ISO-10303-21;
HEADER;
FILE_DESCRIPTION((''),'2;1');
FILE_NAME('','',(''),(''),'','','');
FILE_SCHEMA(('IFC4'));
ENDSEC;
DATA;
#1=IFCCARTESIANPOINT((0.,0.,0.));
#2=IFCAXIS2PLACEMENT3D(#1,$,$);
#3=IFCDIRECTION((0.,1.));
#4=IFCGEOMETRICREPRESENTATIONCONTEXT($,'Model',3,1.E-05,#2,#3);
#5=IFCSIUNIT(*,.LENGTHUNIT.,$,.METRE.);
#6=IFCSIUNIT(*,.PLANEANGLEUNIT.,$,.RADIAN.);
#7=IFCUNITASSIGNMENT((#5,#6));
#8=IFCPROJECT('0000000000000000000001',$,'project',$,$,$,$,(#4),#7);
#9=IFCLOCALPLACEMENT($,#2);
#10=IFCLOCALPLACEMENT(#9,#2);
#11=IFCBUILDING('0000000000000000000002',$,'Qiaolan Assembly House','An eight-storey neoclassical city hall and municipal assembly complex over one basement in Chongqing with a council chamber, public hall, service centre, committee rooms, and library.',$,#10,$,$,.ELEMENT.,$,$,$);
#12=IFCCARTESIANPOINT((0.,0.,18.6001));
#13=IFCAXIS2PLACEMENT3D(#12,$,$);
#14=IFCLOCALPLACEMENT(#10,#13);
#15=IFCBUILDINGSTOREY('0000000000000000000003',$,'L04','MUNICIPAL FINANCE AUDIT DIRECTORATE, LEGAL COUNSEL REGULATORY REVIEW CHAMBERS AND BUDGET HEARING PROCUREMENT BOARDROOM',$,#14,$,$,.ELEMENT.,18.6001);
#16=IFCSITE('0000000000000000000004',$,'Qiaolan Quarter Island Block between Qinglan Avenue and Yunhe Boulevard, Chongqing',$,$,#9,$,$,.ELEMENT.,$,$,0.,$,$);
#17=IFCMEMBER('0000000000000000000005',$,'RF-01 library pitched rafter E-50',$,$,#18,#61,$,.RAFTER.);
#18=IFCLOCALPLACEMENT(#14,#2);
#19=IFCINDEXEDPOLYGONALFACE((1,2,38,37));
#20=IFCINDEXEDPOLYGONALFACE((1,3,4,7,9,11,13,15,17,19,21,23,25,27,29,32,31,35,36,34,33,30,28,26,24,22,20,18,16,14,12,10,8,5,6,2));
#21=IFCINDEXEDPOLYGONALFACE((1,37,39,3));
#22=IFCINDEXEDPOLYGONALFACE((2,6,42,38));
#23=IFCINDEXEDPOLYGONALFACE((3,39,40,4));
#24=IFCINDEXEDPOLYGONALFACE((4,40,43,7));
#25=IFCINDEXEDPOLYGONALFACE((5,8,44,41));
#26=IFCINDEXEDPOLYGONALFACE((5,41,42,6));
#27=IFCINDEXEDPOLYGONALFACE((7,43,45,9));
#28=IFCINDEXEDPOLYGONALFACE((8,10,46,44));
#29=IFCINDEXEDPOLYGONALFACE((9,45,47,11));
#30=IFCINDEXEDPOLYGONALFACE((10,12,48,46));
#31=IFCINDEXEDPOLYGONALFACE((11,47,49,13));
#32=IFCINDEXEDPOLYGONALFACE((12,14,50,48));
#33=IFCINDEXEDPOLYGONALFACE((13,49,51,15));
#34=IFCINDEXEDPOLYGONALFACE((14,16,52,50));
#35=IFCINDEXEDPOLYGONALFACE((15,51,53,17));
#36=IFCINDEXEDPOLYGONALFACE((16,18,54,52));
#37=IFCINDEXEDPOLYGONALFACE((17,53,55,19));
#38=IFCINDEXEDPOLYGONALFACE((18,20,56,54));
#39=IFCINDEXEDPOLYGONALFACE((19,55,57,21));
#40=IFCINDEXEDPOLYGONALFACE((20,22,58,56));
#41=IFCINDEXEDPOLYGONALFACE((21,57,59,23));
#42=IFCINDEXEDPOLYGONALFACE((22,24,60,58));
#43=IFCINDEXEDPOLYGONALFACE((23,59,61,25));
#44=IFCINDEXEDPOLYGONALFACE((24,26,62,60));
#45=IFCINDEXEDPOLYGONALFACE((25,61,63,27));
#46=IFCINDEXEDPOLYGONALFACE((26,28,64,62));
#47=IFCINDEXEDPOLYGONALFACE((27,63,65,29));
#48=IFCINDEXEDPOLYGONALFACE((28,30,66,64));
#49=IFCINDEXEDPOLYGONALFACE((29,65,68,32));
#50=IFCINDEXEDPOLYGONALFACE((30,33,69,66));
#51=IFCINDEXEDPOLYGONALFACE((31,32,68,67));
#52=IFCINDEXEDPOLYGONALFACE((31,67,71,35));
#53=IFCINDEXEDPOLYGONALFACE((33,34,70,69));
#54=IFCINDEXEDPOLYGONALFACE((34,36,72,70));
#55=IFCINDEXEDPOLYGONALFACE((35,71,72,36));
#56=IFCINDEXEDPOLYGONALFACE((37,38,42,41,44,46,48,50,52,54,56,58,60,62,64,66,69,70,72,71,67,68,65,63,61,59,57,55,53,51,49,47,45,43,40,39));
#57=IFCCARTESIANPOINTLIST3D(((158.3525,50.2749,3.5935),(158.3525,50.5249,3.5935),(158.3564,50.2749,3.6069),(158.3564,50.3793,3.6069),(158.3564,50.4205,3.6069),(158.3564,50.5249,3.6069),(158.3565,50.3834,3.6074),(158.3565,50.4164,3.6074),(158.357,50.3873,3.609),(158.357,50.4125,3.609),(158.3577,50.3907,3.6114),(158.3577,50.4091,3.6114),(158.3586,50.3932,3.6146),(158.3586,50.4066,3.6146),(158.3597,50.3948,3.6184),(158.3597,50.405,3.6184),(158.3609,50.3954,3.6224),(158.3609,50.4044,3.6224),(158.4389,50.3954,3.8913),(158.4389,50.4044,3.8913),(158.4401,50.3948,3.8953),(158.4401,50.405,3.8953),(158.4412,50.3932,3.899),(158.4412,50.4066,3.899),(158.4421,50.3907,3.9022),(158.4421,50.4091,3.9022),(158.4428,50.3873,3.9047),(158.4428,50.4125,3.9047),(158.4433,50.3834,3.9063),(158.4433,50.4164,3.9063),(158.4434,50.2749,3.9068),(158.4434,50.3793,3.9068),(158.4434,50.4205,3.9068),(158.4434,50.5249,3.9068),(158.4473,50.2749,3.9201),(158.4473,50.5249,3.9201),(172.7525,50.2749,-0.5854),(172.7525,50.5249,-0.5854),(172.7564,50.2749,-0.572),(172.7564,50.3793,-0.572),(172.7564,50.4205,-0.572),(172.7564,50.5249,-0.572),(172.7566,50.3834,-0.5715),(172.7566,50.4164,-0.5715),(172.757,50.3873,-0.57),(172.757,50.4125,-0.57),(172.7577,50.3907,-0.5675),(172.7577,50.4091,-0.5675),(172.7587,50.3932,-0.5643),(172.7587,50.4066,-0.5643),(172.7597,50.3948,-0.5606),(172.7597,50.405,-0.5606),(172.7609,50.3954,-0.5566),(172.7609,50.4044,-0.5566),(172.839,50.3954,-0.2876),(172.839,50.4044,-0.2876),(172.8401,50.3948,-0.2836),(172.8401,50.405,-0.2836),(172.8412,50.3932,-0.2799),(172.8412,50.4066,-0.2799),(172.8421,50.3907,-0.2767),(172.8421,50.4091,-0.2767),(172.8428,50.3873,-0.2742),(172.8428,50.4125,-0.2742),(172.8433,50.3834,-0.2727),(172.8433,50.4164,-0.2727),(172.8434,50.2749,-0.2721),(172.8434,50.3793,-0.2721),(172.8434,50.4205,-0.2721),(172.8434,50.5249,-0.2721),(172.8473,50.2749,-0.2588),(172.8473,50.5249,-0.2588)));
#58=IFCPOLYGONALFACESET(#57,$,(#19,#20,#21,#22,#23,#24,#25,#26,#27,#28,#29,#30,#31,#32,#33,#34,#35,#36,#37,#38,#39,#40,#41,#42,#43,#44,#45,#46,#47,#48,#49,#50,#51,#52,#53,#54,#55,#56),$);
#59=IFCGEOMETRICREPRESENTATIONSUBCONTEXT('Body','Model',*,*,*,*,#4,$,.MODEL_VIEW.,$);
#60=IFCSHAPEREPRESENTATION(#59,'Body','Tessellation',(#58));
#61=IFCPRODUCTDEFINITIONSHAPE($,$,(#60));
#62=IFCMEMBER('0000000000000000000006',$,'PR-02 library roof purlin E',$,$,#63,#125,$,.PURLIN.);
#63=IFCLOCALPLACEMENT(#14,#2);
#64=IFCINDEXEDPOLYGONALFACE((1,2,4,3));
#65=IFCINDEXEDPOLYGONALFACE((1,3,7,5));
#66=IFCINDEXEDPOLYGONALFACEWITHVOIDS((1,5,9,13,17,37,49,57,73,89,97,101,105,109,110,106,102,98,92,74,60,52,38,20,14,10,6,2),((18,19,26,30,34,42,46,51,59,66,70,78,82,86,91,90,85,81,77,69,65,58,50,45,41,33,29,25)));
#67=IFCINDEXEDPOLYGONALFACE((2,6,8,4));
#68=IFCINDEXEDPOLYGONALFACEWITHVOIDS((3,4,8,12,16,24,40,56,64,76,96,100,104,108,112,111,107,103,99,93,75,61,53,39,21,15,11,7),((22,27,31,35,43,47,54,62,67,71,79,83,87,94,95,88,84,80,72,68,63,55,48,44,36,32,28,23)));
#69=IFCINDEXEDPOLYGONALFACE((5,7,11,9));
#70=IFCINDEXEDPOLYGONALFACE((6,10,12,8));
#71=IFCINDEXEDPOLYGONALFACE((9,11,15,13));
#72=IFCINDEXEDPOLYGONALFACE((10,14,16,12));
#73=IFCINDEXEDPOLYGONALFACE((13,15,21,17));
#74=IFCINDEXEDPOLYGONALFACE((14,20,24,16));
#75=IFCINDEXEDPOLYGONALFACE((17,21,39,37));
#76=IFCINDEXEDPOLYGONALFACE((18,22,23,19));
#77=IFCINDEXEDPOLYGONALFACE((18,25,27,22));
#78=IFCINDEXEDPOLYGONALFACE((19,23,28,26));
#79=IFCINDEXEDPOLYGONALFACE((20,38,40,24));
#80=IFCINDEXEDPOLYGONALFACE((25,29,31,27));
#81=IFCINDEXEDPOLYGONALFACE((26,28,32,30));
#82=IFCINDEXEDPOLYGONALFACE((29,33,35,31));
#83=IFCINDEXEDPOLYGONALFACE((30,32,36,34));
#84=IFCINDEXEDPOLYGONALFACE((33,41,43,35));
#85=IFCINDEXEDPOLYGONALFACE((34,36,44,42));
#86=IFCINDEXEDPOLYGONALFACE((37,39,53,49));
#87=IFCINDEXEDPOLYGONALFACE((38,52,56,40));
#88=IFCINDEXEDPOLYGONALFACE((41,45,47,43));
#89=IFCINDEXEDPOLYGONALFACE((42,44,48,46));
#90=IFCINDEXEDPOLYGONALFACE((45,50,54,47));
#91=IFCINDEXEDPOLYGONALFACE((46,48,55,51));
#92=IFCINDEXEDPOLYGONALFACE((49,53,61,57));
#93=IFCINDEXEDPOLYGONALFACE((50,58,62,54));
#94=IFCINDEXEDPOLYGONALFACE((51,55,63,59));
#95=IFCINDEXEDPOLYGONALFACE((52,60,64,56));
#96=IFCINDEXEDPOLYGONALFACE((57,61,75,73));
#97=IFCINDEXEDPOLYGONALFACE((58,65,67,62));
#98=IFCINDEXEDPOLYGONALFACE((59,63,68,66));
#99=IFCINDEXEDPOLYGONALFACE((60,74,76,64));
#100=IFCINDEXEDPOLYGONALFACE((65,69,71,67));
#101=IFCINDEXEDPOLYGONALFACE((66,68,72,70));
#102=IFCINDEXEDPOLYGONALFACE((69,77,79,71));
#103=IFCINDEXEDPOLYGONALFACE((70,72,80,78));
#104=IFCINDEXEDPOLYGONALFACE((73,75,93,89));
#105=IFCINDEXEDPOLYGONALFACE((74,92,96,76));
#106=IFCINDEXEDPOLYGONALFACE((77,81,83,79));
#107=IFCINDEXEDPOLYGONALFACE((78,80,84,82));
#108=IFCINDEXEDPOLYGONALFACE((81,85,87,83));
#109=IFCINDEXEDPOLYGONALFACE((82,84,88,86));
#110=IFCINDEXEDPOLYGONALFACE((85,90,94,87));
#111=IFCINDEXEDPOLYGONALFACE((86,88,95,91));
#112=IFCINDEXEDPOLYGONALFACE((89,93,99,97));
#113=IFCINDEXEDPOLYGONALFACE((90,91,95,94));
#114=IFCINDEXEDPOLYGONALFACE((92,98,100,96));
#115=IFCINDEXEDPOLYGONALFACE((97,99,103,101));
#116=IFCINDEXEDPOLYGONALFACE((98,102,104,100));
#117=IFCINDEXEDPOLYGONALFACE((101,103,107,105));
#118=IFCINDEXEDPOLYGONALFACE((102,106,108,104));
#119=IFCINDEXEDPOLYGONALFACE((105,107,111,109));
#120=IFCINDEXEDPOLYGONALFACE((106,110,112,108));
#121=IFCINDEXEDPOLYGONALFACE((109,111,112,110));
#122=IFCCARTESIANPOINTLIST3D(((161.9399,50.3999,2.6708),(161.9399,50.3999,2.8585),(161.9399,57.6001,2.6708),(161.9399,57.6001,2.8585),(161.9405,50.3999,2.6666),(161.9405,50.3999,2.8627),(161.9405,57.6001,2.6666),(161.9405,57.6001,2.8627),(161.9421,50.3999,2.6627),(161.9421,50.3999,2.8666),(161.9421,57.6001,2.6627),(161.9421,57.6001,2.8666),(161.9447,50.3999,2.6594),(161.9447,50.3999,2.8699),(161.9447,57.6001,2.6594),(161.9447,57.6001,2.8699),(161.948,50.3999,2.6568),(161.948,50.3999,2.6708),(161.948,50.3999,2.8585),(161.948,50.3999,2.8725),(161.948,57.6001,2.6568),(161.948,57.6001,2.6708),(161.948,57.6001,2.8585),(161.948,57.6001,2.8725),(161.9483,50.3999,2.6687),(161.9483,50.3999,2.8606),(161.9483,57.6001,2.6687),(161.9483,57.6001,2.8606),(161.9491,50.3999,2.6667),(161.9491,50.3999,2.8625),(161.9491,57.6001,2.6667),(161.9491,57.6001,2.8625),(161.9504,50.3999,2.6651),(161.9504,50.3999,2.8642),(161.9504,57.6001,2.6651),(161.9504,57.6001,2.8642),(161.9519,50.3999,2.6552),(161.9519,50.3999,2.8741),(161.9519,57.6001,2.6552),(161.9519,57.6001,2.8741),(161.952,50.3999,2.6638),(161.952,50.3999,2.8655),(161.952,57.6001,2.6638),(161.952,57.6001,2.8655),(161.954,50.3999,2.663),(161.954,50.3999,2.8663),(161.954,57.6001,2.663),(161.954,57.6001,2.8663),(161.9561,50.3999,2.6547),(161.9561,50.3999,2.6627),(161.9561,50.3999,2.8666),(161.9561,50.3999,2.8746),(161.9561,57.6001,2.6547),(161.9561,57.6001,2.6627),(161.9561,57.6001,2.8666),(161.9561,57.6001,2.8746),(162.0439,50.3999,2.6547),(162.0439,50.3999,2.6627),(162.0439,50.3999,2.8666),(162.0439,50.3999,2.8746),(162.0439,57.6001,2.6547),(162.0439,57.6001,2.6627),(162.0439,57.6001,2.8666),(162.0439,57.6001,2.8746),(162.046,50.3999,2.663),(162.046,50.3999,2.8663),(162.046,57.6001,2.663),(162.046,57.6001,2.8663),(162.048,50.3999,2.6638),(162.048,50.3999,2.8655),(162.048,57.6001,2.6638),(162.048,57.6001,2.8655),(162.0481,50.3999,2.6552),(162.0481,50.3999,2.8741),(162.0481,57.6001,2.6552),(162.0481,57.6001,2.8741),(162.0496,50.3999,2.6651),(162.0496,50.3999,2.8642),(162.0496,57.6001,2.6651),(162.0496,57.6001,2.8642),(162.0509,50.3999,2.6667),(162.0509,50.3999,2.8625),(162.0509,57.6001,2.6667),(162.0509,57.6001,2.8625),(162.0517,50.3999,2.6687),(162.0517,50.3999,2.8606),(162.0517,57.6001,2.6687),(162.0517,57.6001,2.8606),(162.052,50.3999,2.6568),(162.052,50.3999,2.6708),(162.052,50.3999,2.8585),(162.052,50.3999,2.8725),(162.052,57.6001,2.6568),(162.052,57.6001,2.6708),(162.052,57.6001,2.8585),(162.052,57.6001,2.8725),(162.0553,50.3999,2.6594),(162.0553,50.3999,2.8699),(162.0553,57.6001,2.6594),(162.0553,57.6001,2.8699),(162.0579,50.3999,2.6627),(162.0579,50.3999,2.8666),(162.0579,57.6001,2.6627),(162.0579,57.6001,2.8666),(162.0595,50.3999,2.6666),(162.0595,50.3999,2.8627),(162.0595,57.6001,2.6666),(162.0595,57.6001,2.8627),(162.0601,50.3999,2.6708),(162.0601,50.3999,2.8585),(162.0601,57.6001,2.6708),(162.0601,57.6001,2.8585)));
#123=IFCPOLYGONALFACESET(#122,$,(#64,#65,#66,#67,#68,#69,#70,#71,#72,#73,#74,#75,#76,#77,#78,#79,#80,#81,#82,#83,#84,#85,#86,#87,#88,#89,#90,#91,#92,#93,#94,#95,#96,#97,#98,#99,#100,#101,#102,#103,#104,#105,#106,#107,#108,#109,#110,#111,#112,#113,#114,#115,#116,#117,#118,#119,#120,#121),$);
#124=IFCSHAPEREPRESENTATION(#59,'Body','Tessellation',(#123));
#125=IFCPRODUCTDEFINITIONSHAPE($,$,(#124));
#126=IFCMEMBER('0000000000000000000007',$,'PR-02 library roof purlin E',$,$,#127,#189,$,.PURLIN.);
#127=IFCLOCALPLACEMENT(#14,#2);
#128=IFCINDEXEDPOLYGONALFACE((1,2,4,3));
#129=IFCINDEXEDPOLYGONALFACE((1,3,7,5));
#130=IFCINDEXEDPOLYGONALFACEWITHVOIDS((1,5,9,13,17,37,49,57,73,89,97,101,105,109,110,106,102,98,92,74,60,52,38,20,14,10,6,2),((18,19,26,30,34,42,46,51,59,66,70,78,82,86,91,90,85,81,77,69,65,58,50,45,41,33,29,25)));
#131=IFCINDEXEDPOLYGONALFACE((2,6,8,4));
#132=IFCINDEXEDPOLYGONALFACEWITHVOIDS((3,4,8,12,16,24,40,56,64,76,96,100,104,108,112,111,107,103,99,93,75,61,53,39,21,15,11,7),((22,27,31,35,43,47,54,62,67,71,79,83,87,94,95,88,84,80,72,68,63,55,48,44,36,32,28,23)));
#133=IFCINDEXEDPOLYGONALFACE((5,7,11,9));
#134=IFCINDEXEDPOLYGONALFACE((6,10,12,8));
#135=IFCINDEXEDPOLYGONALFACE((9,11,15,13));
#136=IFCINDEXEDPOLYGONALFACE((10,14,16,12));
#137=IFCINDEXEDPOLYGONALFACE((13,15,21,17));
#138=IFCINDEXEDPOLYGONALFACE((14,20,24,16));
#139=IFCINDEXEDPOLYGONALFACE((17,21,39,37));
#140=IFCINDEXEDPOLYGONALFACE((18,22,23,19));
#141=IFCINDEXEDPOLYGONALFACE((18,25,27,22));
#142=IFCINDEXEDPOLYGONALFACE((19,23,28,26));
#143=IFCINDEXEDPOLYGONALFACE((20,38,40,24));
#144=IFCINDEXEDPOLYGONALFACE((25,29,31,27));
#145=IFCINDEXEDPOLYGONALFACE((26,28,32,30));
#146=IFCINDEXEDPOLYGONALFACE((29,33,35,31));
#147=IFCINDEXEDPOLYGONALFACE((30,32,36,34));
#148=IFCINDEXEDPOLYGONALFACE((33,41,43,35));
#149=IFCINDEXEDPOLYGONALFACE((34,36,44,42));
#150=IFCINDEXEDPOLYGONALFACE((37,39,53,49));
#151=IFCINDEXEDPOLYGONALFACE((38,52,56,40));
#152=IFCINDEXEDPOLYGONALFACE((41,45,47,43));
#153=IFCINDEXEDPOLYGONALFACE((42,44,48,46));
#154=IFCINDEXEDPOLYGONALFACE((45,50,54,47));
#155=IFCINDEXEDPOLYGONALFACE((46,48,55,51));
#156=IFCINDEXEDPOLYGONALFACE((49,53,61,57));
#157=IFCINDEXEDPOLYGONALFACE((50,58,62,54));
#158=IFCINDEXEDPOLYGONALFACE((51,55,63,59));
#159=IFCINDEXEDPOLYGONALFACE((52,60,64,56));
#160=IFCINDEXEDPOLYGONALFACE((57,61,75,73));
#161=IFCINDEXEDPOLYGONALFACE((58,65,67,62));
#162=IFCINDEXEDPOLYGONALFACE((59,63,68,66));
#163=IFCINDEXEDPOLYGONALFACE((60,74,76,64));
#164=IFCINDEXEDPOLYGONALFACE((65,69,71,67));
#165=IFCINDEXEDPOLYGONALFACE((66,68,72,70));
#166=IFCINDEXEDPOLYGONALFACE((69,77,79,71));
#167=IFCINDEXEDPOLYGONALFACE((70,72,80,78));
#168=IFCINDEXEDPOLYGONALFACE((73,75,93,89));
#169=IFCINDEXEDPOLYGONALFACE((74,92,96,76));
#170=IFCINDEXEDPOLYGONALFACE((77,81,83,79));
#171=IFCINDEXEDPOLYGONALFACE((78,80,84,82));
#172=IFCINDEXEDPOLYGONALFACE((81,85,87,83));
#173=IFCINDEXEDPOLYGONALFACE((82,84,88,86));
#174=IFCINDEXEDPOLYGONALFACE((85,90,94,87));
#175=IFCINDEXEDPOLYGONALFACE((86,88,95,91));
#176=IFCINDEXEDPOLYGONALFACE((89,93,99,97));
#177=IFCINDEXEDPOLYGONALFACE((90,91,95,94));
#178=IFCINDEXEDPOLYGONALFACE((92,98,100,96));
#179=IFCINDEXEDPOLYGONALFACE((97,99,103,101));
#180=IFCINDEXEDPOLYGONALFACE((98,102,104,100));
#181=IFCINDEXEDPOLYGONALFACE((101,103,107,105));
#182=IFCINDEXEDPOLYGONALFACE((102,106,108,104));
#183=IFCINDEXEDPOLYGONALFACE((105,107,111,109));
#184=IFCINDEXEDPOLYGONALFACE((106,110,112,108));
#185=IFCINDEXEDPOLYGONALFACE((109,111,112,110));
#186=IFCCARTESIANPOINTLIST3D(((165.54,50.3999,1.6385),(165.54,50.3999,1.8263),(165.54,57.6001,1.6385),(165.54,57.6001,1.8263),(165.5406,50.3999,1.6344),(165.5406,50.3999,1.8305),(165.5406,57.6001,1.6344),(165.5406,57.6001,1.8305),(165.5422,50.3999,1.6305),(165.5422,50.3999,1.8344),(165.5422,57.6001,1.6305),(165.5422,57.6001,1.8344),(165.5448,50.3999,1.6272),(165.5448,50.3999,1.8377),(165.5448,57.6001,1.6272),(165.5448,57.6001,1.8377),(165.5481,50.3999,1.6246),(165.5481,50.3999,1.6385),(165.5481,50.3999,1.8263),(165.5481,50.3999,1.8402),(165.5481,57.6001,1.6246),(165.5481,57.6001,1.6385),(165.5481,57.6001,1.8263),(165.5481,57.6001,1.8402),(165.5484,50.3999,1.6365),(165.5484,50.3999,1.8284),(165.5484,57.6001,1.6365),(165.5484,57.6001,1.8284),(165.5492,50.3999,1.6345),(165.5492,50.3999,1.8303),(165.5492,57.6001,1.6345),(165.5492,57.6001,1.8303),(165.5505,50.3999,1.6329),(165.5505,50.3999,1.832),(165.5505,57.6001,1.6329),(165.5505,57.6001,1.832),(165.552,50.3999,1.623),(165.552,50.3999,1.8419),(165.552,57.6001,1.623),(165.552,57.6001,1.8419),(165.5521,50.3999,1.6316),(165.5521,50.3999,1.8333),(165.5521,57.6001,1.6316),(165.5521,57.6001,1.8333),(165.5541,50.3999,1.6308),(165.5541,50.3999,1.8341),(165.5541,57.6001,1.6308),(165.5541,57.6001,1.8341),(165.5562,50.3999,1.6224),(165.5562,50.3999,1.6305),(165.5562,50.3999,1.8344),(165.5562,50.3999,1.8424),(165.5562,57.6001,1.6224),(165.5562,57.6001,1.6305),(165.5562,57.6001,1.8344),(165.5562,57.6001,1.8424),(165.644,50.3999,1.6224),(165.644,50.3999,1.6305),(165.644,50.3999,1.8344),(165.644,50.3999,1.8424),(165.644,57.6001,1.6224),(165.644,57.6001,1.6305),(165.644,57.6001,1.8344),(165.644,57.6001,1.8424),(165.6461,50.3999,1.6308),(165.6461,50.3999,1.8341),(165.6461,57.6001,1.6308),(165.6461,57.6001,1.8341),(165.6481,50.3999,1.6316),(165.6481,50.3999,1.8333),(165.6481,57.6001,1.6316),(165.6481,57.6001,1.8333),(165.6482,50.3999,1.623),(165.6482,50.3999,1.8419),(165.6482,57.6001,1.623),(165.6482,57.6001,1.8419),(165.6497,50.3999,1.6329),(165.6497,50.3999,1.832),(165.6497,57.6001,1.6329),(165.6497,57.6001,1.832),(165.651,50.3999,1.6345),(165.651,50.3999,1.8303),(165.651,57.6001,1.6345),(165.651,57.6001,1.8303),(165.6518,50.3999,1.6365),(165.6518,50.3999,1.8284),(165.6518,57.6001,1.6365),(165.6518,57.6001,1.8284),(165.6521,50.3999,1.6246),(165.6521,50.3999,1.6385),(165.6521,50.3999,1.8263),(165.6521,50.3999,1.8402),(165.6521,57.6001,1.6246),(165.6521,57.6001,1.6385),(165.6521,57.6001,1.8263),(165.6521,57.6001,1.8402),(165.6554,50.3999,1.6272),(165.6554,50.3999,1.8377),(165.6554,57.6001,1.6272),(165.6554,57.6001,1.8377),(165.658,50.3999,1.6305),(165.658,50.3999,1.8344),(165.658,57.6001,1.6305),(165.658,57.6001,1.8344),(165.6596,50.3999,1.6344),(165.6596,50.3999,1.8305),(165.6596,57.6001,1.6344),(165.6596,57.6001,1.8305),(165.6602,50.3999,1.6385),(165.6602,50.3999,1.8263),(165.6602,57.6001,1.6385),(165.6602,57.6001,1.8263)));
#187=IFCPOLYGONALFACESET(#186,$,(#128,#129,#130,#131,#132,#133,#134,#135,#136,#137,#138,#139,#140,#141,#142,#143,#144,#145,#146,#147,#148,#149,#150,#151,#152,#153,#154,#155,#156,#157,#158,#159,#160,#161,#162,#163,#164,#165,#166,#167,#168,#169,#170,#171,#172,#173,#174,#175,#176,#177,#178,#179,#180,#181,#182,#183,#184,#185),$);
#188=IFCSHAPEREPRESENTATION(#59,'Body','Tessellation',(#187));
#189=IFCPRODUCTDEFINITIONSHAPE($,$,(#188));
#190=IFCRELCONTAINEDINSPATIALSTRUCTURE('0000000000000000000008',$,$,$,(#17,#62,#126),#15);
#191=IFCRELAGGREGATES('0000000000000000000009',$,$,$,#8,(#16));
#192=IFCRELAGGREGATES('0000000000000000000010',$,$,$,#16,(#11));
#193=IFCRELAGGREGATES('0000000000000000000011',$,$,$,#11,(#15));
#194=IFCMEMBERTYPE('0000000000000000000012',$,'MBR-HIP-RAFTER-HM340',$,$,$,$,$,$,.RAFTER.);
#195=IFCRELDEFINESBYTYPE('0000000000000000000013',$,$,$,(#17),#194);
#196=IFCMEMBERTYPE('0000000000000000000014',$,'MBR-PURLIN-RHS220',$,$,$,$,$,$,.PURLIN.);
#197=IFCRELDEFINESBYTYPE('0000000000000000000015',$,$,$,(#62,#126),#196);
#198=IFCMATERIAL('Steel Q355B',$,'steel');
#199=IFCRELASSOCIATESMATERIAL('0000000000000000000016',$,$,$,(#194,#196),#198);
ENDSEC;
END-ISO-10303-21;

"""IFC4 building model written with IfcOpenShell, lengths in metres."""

from ifc_helpers import new_model, si_unit, direction, frame, origin, origin_2d, place, context, subcontext, project, spatial, hollow_rectangle, i_section, extrude, material, material_profile, profile_set, type_object, element, save


model = new_model("IFC4")

# Units and contexts
model_context = context("Model", 3, precision=1e-05, world=origin(), true_north=direction((0.0, 1.0)))
body_context = subcontext(model_context, "Body", "Model", "MODEL_VIEW")
ifc_project = project(units=[si_unit("LENGTHUNIT", "METRE"), si_unit("PLANEANGLEUNIT", "RADIAN")], contexts=[model_context])

# Site, building, storey
site_placement = place(None, origin())
site = spatial("IfcSite", under=ifc_project, at=site_placement, Name="Qiaolan Quarter Island Block between Qinglan Avenue and Yunhe Boulevard, Chongqing", CompositionType="ELEMENT", RefElevation=0.0)
building_placement = place(site_placement, origin())
building = spatial("IfcBuilding", under=site, at=building_placement, Name="Qiaolan Assembly House", Description="An eight-storey neoclassical city hall and municipal assembly complex over one basement in Chongqing with a council chamber, public hall, service centre, committee rooms, and library.", CompositionType="ELEMENT")
storey_placement = place(building_placement, frame((0.0, 0.0, 18.6001)))
storey = spatial("IfcBuildingStorey", under=building, at=storey_placement, Name="L04", Description="MUNICIPAL FINANCE AUDIT DIRECTORATE, LEGAL COUNSEL REGULATORY REVIEW CHAMBERS AND BUDGET HEARING PROCUREMENT BOARDROOM", CompositionType="ELEMENT", Elevation=18.6001)

# Shared definitions
ifc_material = material(Name="Steel Q355B", Category="steel")

# Members
ifc_material_profile_1 = material_profile(ifc_material, i_section(OverallWidth=0.25, OverallDepth=0.3401, WebThickness=0.009, FlangeThickness=0.0139, FilletRadius=0.0161, at=origin_2d()), Name="HM 340x250x9x14-RF")
ifc_profile_set_1 = profile_set([ifc_material_profile_1], Name="Steel Q355B")
member_type_1 = type_object("IfcMemberType", Name="MBR-HIP-RAFTER-HM340", PredefinedType="RAFTER", material=ifc_profile_set_1)
member_1_placement = place(storey_placement, frame((158.3999, 50.3999, 3.7568), z_axis=(0.960377, 0.0, -0.278704), x_axis=(0.0, 1.0, 0.0)))
element("IfcMember", 1, at=member_1_placement, inside=storey, type_object=member_type_1, Name="RF-01 library pitched rafter E-50", PredefinedType="RAFTER", context=body_context, shape_type="SweptSolid", body=[
    extrude(i_section(OverallWidth=0.25, OverallDepth=0.3401, WebThickness=0.009, FlangeThickness=0.0139, FilletRadius=0.0161, at=origin_2d()), origin(), (0.0, 0.0, 1.0), 14.9941),
])
ifc_material_profile_2 = material_profile(ifc_material, hollow_rectangle(XDim=0.1201, YDim=0.22, WallThickness=0.0081, InnerFilletRadius=0.0081, OuterFilletRadius=0.0161, at=origin_2d()), Name="RHS 220x120x8")
ifc_profile_set_2 = profile_set([ifc_material_profile_2], Name="Steel Q355B")
member_type_2 = type_object("IfcMemberType", Name="MBR-PURLIN-RHS220", PredefinedType="PURLIN", material=ifc_profile_set_2)
for number, where, z_axis, x_axis, name in (
    (2, (162.0, 50.3999, 2.7646), (0.0, 1.0, 0.0), (-1.0, 0.0, 0.0), "PR-02 library roof purlin E"),
    (3, (165.6001, 50.3999, 1.7324), (0.0, 1.0, 0.0), (-1.0, 0.0, 0.0), "PR-02 library roof purlin E"),
):
    element("IfcMember", number, at=place(storey_placement, frame(where, z_axis=z_axis, x_axis=x_axis)), inside=storey, type_object=member_type_2, Name=name, PredefinedType="PURLIN", context=body_context, shape_type="SweptSolid", body=[
        extrude(hollow_rectangle(XDim=0.1201, YDim=0.22, WallThickness=0.0081, InnerFilletRadius=0.0081, OuterFilletRadius=0.0161, at=origin_2d()), origin(), (0.0, 0.0, 1.0), 7.2002),
    ])

save(model, "model.ifc")
